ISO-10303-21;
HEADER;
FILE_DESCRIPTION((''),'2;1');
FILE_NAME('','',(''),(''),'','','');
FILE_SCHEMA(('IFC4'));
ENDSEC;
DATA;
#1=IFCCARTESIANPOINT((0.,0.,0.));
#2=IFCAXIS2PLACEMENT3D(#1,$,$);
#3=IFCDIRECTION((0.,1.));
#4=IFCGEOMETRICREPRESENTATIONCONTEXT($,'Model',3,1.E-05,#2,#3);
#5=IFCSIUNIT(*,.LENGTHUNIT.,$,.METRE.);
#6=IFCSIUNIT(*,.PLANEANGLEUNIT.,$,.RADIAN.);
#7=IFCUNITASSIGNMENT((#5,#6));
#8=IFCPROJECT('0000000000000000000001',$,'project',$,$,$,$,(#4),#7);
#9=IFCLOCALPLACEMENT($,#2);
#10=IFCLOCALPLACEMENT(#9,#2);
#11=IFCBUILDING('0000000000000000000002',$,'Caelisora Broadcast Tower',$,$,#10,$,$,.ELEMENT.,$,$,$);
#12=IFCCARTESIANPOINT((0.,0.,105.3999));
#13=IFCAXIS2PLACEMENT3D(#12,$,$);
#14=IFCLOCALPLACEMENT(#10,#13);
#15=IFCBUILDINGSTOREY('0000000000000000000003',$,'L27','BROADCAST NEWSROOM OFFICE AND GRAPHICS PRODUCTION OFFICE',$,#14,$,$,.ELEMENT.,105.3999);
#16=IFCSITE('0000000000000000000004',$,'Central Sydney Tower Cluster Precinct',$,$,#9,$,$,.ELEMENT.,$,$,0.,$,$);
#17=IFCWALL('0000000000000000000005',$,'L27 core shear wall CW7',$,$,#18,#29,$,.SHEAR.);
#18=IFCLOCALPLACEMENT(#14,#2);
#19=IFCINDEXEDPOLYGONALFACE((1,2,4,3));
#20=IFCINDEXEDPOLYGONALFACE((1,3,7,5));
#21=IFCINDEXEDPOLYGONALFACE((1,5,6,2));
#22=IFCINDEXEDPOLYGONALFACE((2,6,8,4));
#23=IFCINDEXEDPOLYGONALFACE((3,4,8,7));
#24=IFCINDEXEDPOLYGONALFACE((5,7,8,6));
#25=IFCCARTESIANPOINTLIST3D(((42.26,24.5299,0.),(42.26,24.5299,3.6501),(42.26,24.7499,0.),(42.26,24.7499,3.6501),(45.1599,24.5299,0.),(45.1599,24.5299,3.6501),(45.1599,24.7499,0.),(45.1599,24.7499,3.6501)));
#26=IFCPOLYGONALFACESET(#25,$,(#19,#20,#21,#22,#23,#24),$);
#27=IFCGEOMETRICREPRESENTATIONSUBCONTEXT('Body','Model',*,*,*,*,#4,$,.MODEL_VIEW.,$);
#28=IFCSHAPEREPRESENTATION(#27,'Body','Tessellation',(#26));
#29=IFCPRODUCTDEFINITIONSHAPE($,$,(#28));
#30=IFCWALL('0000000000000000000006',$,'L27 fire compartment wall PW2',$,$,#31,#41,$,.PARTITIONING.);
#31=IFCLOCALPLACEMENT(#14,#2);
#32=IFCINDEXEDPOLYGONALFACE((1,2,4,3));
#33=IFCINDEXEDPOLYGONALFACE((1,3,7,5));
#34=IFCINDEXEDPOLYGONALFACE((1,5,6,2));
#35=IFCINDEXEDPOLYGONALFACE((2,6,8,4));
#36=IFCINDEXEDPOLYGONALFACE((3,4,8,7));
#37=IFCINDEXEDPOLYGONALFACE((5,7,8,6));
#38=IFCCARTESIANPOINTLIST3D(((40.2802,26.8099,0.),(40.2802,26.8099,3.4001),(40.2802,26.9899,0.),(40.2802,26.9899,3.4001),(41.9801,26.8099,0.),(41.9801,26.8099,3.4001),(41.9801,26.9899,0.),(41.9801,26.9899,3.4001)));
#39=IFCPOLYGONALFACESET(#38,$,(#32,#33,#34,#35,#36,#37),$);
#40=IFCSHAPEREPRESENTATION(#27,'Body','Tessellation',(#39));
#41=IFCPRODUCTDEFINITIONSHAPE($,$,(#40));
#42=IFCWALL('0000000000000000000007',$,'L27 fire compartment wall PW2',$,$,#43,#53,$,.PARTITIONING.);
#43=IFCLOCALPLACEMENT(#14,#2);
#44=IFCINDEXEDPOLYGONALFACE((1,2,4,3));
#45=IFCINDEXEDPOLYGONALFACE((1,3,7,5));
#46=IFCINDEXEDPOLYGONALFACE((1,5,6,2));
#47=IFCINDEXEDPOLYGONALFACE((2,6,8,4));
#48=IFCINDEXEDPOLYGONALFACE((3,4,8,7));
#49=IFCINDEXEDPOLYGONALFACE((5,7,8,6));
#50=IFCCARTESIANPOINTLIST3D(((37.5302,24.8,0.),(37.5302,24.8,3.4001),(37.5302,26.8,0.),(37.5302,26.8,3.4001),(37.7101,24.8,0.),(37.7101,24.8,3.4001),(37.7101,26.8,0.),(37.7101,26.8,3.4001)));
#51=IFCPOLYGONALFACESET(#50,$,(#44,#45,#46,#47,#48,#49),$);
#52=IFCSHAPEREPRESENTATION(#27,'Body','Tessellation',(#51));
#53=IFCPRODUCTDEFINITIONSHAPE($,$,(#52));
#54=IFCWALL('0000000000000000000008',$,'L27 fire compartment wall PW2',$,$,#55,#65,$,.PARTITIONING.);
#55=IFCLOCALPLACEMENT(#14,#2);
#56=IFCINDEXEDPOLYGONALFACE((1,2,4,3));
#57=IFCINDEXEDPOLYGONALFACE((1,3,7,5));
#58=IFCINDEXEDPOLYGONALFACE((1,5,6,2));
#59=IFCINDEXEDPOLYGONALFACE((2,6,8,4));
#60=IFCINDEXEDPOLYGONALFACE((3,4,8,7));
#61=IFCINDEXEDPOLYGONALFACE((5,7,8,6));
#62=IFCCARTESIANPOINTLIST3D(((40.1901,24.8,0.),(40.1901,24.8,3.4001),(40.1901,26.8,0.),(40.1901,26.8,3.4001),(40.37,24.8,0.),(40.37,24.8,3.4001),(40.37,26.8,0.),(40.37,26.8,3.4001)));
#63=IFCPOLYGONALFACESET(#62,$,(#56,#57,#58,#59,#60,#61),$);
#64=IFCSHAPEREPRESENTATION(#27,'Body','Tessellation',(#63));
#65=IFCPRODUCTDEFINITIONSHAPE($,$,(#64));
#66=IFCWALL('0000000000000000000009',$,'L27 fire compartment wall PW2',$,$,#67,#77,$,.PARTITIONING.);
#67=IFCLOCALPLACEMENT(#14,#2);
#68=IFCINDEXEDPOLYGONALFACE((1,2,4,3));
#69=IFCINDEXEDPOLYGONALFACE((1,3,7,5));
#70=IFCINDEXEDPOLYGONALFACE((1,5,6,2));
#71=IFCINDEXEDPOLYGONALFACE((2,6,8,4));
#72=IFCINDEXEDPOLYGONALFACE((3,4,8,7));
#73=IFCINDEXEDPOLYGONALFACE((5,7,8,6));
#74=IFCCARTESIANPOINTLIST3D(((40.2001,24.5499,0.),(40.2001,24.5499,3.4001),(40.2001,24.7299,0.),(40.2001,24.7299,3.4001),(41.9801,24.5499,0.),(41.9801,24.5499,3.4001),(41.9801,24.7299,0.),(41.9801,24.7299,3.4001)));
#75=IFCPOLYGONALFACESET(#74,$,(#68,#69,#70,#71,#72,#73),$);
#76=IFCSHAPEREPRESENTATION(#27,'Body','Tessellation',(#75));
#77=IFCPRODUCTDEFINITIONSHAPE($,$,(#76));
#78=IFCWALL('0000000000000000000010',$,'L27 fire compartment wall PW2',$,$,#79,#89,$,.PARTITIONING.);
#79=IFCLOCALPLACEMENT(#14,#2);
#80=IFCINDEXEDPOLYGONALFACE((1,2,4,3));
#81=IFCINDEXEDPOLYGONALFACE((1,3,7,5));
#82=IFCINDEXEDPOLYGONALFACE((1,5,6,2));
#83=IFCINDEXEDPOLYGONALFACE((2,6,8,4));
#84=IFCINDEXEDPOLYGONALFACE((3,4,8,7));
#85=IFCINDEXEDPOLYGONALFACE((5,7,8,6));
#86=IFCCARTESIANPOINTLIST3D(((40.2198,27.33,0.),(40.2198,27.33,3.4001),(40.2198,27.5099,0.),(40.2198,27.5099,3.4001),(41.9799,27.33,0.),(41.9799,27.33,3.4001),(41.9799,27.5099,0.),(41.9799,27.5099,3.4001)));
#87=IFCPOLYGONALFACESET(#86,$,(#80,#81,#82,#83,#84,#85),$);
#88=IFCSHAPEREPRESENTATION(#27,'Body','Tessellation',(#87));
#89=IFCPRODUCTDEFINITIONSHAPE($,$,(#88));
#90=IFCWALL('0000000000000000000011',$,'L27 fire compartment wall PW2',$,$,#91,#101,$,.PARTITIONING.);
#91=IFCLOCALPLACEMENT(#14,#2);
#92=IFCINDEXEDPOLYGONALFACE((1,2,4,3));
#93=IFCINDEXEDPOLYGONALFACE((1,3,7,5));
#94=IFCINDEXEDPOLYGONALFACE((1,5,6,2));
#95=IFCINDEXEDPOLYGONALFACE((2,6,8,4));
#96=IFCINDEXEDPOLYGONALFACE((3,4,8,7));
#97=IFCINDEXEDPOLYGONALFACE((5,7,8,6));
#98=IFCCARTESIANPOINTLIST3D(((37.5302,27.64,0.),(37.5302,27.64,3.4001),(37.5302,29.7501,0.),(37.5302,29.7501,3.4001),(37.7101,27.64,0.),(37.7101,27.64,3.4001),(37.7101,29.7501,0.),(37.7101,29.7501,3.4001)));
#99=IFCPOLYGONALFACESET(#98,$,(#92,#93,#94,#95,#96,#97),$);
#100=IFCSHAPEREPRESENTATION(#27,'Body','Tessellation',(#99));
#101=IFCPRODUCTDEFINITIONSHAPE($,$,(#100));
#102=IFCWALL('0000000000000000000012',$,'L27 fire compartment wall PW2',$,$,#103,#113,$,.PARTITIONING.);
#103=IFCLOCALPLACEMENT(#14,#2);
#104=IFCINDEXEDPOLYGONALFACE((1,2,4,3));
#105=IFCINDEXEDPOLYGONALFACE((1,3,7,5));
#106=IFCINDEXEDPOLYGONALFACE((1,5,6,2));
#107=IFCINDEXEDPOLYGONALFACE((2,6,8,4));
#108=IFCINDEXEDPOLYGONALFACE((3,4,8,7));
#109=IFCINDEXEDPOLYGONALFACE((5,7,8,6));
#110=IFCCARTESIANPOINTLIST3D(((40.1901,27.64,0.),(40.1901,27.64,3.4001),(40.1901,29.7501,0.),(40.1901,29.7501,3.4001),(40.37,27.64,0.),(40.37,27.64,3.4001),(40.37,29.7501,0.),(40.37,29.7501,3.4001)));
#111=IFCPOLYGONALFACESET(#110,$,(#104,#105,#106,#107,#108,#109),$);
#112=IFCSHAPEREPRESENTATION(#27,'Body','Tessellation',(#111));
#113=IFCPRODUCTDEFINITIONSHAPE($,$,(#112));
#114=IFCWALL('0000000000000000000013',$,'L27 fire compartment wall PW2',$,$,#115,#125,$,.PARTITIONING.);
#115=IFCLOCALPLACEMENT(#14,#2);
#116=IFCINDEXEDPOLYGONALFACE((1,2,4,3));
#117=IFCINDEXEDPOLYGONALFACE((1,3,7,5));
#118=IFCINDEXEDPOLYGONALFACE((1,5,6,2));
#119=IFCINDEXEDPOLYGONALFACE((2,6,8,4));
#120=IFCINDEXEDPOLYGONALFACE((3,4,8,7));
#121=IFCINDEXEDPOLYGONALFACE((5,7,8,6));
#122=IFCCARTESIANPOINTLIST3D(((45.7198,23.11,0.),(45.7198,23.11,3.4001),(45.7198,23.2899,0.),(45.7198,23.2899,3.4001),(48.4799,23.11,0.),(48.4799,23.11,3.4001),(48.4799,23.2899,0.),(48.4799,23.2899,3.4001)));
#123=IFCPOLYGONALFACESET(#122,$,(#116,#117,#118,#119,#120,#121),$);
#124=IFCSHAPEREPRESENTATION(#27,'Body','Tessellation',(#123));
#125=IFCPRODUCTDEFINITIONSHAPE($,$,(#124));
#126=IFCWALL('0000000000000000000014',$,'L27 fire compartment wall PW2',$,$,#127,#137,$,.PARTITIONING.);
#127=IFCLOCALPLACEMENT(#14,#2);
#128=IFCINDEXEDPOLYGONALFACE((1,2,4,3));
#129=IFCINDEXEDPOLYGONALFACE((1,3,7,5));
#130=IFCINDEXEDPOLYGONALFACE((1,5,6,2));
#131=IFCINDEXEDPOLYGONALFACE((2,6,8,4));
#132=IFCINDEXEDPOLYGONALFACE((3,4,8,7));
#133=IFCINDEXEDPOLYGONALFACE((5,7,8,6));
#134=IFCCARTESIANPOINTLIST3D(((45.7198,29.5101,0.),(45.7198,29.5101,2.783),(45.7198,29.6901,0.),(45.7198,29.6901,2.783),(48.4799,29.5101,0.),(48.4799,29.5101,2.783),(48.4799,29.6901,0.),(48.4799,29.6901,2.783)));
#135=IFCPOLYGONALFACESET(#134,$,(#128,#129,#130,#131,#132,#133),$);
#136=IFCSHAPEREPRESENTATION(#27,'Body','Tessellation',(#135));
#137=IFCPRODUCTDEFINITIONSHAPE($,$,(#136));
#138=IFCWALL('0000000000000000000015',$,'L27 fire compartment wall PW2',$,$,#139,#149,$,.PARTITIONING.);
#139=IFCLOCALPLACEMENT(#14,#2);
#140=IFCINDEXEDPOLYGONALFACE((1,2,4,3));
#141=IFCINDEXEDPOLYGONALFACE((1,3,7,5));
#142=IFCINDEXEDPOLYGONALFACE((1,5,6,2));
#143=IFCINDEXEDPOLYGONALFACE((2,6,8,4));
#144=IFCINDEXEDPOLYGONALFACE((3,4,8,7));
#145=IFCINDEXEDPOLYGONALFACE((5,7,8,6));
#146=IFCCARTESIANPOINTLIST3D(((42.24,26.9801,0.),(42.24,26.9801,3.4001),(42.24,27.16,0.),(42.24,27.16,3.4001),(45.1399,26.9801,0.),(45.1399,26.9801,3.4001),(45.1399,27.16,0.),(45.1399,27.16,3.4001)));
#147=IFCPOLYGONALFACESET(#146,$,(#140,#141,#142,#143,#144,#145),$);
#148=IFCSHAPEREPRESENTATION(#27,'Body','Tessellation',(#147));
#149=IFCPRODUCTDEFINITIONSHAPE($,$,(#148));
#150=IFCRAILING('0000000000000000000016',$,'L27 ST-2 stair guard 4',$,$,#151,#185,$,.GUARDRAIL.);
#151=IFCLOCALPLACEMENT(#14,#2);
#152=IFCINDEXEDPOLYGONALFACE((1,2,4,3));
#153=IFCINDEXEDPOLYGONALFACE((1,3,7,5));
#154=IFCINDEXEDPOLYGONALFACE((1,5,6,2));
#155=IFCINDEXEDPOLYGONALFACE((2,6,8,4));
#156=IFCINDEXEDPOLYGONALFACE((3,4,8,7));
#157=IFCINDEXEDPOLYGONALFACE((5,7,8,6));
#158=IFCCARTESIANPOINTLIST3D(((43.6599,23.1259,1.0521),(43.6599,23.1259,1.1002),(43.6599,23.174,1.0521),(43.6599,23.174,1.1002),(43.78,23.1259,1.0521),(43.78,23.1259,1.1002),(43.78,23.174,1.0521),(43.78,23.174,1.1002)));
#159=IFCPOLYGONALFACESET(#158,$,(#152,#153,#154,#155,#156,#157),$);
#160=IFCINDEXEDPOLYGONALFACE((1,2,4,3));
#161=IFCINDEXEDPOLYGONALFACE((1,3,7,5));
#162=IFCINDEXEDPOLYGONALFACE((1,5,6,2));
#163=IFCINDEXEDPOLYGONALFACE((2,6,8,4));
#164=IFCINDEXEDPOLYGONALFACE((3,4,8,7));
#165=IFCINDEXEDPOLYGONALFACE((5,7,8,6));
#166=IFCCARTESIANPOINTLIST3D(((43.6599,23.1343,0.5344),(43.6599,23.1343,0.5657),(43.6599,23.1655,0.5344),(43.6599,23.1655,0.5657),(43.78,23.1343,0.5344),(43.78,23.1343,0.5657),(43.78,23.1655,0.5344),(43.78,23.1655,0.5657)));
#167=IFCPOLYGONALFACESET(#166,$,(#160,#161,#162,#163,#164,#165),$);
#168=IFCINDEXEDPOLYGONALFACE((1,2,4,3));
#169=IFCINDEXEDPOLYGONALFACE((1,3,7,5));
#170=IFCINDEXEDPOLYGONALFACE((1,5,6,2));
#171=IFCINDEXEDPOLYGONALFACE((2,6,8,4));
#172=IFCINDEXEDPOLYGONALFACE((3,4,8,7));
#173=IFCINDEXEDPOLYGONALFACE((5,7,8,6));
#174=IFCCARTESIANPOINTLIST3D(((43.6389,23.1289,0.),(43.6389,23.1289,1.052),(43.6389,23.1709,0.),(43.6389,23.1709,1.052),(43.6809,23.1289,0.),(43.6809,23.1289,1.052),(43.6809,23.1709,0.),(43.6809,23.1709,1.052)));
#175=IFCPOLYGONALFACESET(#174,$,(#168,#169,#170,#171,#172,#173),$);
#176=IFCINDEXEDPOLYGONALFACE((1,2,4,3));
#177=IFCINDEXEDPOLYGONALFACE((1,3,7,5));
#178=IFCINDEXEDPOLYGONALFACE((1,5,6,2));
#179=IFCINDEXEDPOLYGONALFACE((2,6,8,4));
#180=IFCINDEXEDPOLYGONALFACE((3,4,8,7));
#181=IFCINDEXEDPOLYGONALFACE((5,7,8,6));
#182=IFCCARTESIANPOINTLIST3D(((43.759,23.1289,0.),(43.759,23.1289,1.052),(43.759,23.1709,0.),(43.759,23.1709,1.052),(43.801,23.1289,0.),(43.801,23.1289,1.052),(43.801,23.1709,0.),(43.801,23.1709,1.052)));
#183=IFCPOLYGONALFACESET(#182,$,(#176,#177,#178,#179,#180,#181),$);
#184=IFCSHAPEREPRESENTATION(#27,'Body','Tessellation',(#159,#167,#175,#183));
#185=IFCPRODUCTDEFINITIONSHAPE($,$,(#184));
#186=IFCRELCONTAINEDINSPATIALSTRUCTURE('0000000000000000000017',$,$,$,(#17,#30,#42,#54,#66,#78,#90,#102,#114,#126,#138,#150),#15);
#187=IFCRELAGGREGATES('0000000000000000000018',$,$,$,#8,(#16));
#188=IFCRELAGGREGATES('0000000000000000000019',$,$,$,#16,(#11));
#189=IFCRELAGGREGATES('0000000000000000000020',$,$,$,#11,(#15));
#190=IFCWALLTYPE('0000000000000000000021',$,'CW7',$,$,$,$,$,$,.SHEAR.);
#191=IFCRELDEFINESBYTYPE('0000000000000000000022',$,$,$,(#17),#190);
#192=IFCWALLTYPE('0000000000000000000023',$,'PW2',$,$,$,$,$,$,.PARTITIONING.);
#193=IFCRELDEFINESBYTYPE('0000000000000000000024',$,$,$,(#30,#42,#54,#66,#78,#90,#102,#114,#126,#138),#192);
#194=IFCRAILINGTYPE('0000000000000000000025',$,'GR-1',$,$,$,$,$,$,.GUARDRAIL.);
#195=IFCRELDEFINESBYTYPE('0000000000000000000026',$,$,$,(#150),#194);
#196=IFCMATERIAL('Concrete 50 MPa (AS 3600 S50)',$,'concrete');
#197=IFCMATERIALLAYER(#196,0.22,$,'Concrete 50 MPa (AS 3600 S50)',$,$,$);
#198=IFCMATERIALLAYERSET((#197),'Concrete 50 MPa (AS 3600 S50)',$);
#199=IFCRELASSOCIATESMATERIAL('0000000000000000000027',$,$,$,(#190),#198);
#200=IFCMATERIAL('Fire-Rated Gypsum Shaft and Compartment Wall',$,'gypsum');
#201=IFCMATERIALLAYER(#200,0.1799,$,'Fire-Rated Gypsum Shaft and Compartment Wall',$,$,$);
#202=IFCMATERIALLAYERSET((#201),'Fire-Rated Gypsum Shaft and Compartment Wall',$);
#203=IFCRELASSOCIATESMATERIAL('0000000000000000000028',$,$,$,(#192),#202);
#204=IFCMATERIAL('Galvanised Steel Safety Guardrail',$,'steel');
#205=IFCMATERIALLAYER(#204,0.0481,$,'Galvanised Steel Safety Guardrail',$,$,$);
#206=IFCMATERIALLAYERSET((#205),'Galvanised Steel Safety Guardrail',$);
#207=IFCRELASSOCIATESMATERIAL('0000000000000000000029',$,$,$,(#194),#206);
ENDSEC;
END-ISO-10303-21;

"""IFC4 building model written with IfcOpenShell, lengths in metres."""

from ifc_helpers import new_model, si_unit, direction, frame, frame_2d, origin, origin_2d, place, context, subcontext, project, spatial, rectangle, extrude, material, layer, layer_set, type_object, element, save


model = new_model("IFC4")

# Units and contexts
model_context = context("Model", 3, precision=1e-05, world=origin(), true_north=direction((0.0, 1.0)))
body_context = subcontext(model_context, "Body", "Model", "MODEL_VIEW")
ifc_project = project(units=[si_unit("LENGTHUNIT", "METRE"), si_unit("PLANEANGLEUNIT", "RADIAN")], contexts=[model_context])

# Site, building, storey
site_placement = place(None, origin())
site = spatial("IfcSite", under=ifc_project, at=site_placement, Name="Central Sydney Tower Cluster Precinct", CompositionType="ELEMENT", RefElevation=0.0)
building_placement = place(site_placement, origin())
building = spatial("IfcBuilding", under=site, at=building_placement, Name="Caelisora Broadcast Tower", CompositionType="ELEMENT")
storey_placement = place(building_placement, frame((0.0, 0.0, 105.3999)))
storey = spatial("IfcBuildingStorey", under=building, at=storey_placement, Name="L27", Description="BROADCAST NEWSROOM OFFICE AND GRAPHICS PRODUCTION OFFICE", CompositionType="ELEMENT", Elevation=105.3999)

# Shared definitions
ifc_material_1 = material(Name="Concrete 50 MPa (AS 3600 S50)", Category="concrete")

# Walls
ifc_layer_1 = layer(ifc_material_1, 0.22, Name="Concrete 50 MPa (AS 3600 S50)")
ifc_layer_set_1 = layer_set([ifc_layer_1], Name="Concrete 50 MPa (AS 3600 S50)")
wall_type_1 = type_object("IfcWallType", Name="CW7", PredefinedType="SHEAR", material=ifc_layer_set_1)
wall_1_placement = place(storey_placement, frame((42.26, 24.6399, 0.0), z_axis=(0.0, 0.0, 1.0), x_axis=(1.0, 0.0, 0.0)))
element("IfcWall", 1, at=wall_1_placement, inside=storey, type_object=wall_type_1, Name="L27 core shear wall CW7", PredefinedType="SHEAR", context=body_context, shape_type="SweptSolid", body=[
    extrude(rectangle(XDim=2.8999, YDim=0.22, at=frame_2d((1.45, 0.0))), origin(), (0.0, 0.0, 1.0), 3.6501),
])
ifc_material_2 = material(Name="Fire-Rated Gypsum Shaft and Compartment Wall", Category="gypsum")
ifc_layer_2 = layer(ifc_material_2, 0.1799, Name="Fire-Rated Gypsum Shaft and Compartment Wall")
ifc_layer_set_2 = layer_set([ifc_layer_2], Name="Fire-Rated Gypsum Shaft and Compartment Wall")
wall_type_2 = type_object("IfcWallType", Name="PW2", PredefinedType="PARTITIONING", material=ifc_layer_set_2)
wall_2_placement = place(storey_placement, frame((40.28, 26.8999, 0.0), z_axis=(0.0, 0.0, 1.0), x_axis=(1.0, 0.0, 0.0)))
element("IfcWall", 2, at=wall_2_placement, inside=storey, type_object=wall_type_2, Name="L27 fire compartment wall PW2", PredefinedType="PARTITIONING", context=body_context, shape_type="SweptSolid", body=[
    extrude(rectangle(XDim=1.7, YDim=0.1799, at=frame_2d((0.8501, 0.0))), origin(), (0.0, 0.0, 1.0), 3.4001),
])
for number, where, z_axis, x_axis, name in (
    (3, (37.6201, 24.8, 0.0), (0.0, 0.0, 1.0), (0.0, 1.0, 0.0), "L27 fire compartment wall PW2"),
    (4, (40.28, 24.8, 0.0), (0.0, 0.0, 1.0), (0.0, 1.0, 0.0), "L27 fire compartment wall PW2"),
):
    element("IfcWall", number, at=place(storey_placement, frame(where, z_axis=z_axis, x_axis=x_axis)), inside=storey, type_object=wall_type_2, Name=name, PredefinedType="PARTITIONING", context=body_context, shape_type="SweptSolid", body=[
        extrude(rectangle(XDim=2.0, YDim=0.1799, at=frame_2d((1.0, 0.0))), origin(), (0.0, 0.0, 1.0), 3.4001),
    ])
wall_3_placement = place(storey_placement, frame((40.2, 24.6399, 0.0), z_axis=(0.0, 0.0, 1.0), x_axis=(1.0, 0.0, 0.0)))
element("IfcWall", 5, at=wall_3_placement, inside=storey, type_object=wall_type_2, Name="L27 fire compartment wall PW2", PredefinedType="PARTITIONING", context=body_context, shape_type="SweptSolid", body=[
    extrude(rectangle(XDim=1.78, YDim=0.1799, at=frame_2d((0.8901, 0.0))), origin(), (0.0, 0.0, 1.0), 3.4001),
])
wall_4_placement = place(storey_placement, frame((40.22, 27.4199, 0.0), z_axis=(0.0, 0.0, 1.0), x_axis=(1.0, 0.0, 0.0)))
element("IfcWall", 6, at=wall_4_placement, inside=storey, type_object=wall_type_2, Name="L27 fire compartment wall PW2", PredefinedType="PARTITIONING", context=body_context, shape_type="SweptSolid", body=[
    extrude(rectangle(XDim=1.76, YDim=0.1799, at=frame_2d((0.8799, 0.0))), origin(), (0.0, 0.0, 1.0), 3.4001),
])
for number, where, z_axis, x_axis, name in (
    (7, (37.6201, 27.6399, 0.0), (0.0, 0.0, 1.0), (0.0, 1.0, 0.0), "L27 fire compartment wall PW2"),
    (8, (40.28, 27.6399, 0.0), (0.0, 0.0, 1.0), (0.0, 1.0, 0.0), "L27 fire compartment wall PW2"),
):
    element("IfcWall", number, at=place(storey_placement, frame(where, z_axis=z_axis, x_axis=x_axis)), inside=storey, type_object=wall_type_2, Name=name, PredefinedType="PARTITIONING", context=body_context, shape_type="SweptSolid", body=[
        extrude(rectangle(XDim=2.1101, YDim=0.1799, at=frame_2d((1.0552, 0.0))), origin(), (0.0, 0.0, 1.0), 3.4001),
    ])
wall_5_placement = place(storey_placement, frame((45.72, 23.2, 0.0), z_axis=(0.0, 0.0, 1.0), x_axis=(1.0, 0.0, 0.0)))
element("IfcWall", 9, at=wall_5_placement, inside=storey, type_object=wall_type_2, Name="L27 fire compartment wall PW2", PredefinedType="PARTITIONING", context=body_context, shape_type="SweptSolid", body=[
    extrude(rectangle(XDim=2.76, YDim=0.1799, at=frame_2d((1.3799, 0.0))), origin(), (0.0, 0.0, 1.0), 3.4001),
])
wall_6_placement = place(storey_placement, frame((45.72, 29.6001, 0.0), z_axis=(0.0, 0.0, 1.0), x_axis=(1.0, 0.0, 0.0)))
element("IfcWall", 10, at=wall_6_placement, inside=storey, type_object=wall_type_2, Name="L27 fire compartment wall PW2", PredefinedType="PARTITIONING", context=body_context, shape_type="SweptSolid", body=[
    extrude(rectangle(XDim=2.76, YDim=0.1799, at=frame_2d((1.3799, 0.0))), origin(), (0.0, 0.0, 1.0), 2.783),
])
wall_7_placement = place(storey_placement, frame((42.24, 27.0701, 0.0), z_axis=(0.0, 0.0, 1.0), x_axis=(1.0, 0.0, 0.0)))
element("IfcWall", 11, at=wall_7_placement, inside=storey, type_object=wall_type_2, Name="L27 fire compartment wall PW2", PredefinedType="PARTITIONING", context=body_context, shape_type="SweptSolid", body=[
    extrude(rectangle(XDim=2.8999, YDim=0.1799, at=frame_2d((1.45, 0.0))), origin(), (0.0, 0.0, 1.0), 3.4001),
])

# Railing
ifc_material_3 = material(Name="Galvanised Steel Safety Guardrail", Category="steel")
ifc_layer_3 = layer(ifc_material_3, 0.0481, Name="Galvanised Steel Safety Guardrail")
ifc_layer_set_3 = layer_set([ifc_layer_3], Name="Galvanised Steel Safety Guardrail")
railing_type = type_object("IfcRailingType", Name="GR-1", PredefinedType="GUARDRAIL", material=ifc_layer_set_3)
railing_placement = place(storey_placement, frame((43.6599, 23.1499, 0.0)))
element("IfcRailing", 12, at=railing_placement, inside=storey, type_object=railing_type, Name="L27 ST-2 stair guard 4", PredefinedType="GUARDRAIL", context=body_context, shape_type="SweptSolid", body=[
    extrude(rectangle(XDim=0.0481, YDim=0.0481, at=origin_2d()), frame((0.0, 0.0, 1.0762), z_axis=(1.0, 0.0, 0.0), x_axis=(0.0, 1.0, 0.0)), (0.0, 0.0, 1.0), 0.1201),
    extrude(rectangle(XDim=0.0312, YDim=0.0312, at=origin_2d()), frame((0.0, 0.0, 0.55), z_axis=(1.0, 0.0, 0.0), x_axis=(0.0, 1.0, 0.0)), (0.0, 0.0, 1.0), 0.1201),
    extrude(rectangle(XDim=0.042, YDim=0.042, at=origin_2d()), origin(), (0.0, 0.0, 1.0), 1.052),
    extrude(rectangle(XDim=0.042, YDim=0.042, at=origin_2d()), frame((0.1201, 0.0, 0.0)), (0.0, 0.0, 1.0), 1.052),
])

save(model, "model.ifc")
